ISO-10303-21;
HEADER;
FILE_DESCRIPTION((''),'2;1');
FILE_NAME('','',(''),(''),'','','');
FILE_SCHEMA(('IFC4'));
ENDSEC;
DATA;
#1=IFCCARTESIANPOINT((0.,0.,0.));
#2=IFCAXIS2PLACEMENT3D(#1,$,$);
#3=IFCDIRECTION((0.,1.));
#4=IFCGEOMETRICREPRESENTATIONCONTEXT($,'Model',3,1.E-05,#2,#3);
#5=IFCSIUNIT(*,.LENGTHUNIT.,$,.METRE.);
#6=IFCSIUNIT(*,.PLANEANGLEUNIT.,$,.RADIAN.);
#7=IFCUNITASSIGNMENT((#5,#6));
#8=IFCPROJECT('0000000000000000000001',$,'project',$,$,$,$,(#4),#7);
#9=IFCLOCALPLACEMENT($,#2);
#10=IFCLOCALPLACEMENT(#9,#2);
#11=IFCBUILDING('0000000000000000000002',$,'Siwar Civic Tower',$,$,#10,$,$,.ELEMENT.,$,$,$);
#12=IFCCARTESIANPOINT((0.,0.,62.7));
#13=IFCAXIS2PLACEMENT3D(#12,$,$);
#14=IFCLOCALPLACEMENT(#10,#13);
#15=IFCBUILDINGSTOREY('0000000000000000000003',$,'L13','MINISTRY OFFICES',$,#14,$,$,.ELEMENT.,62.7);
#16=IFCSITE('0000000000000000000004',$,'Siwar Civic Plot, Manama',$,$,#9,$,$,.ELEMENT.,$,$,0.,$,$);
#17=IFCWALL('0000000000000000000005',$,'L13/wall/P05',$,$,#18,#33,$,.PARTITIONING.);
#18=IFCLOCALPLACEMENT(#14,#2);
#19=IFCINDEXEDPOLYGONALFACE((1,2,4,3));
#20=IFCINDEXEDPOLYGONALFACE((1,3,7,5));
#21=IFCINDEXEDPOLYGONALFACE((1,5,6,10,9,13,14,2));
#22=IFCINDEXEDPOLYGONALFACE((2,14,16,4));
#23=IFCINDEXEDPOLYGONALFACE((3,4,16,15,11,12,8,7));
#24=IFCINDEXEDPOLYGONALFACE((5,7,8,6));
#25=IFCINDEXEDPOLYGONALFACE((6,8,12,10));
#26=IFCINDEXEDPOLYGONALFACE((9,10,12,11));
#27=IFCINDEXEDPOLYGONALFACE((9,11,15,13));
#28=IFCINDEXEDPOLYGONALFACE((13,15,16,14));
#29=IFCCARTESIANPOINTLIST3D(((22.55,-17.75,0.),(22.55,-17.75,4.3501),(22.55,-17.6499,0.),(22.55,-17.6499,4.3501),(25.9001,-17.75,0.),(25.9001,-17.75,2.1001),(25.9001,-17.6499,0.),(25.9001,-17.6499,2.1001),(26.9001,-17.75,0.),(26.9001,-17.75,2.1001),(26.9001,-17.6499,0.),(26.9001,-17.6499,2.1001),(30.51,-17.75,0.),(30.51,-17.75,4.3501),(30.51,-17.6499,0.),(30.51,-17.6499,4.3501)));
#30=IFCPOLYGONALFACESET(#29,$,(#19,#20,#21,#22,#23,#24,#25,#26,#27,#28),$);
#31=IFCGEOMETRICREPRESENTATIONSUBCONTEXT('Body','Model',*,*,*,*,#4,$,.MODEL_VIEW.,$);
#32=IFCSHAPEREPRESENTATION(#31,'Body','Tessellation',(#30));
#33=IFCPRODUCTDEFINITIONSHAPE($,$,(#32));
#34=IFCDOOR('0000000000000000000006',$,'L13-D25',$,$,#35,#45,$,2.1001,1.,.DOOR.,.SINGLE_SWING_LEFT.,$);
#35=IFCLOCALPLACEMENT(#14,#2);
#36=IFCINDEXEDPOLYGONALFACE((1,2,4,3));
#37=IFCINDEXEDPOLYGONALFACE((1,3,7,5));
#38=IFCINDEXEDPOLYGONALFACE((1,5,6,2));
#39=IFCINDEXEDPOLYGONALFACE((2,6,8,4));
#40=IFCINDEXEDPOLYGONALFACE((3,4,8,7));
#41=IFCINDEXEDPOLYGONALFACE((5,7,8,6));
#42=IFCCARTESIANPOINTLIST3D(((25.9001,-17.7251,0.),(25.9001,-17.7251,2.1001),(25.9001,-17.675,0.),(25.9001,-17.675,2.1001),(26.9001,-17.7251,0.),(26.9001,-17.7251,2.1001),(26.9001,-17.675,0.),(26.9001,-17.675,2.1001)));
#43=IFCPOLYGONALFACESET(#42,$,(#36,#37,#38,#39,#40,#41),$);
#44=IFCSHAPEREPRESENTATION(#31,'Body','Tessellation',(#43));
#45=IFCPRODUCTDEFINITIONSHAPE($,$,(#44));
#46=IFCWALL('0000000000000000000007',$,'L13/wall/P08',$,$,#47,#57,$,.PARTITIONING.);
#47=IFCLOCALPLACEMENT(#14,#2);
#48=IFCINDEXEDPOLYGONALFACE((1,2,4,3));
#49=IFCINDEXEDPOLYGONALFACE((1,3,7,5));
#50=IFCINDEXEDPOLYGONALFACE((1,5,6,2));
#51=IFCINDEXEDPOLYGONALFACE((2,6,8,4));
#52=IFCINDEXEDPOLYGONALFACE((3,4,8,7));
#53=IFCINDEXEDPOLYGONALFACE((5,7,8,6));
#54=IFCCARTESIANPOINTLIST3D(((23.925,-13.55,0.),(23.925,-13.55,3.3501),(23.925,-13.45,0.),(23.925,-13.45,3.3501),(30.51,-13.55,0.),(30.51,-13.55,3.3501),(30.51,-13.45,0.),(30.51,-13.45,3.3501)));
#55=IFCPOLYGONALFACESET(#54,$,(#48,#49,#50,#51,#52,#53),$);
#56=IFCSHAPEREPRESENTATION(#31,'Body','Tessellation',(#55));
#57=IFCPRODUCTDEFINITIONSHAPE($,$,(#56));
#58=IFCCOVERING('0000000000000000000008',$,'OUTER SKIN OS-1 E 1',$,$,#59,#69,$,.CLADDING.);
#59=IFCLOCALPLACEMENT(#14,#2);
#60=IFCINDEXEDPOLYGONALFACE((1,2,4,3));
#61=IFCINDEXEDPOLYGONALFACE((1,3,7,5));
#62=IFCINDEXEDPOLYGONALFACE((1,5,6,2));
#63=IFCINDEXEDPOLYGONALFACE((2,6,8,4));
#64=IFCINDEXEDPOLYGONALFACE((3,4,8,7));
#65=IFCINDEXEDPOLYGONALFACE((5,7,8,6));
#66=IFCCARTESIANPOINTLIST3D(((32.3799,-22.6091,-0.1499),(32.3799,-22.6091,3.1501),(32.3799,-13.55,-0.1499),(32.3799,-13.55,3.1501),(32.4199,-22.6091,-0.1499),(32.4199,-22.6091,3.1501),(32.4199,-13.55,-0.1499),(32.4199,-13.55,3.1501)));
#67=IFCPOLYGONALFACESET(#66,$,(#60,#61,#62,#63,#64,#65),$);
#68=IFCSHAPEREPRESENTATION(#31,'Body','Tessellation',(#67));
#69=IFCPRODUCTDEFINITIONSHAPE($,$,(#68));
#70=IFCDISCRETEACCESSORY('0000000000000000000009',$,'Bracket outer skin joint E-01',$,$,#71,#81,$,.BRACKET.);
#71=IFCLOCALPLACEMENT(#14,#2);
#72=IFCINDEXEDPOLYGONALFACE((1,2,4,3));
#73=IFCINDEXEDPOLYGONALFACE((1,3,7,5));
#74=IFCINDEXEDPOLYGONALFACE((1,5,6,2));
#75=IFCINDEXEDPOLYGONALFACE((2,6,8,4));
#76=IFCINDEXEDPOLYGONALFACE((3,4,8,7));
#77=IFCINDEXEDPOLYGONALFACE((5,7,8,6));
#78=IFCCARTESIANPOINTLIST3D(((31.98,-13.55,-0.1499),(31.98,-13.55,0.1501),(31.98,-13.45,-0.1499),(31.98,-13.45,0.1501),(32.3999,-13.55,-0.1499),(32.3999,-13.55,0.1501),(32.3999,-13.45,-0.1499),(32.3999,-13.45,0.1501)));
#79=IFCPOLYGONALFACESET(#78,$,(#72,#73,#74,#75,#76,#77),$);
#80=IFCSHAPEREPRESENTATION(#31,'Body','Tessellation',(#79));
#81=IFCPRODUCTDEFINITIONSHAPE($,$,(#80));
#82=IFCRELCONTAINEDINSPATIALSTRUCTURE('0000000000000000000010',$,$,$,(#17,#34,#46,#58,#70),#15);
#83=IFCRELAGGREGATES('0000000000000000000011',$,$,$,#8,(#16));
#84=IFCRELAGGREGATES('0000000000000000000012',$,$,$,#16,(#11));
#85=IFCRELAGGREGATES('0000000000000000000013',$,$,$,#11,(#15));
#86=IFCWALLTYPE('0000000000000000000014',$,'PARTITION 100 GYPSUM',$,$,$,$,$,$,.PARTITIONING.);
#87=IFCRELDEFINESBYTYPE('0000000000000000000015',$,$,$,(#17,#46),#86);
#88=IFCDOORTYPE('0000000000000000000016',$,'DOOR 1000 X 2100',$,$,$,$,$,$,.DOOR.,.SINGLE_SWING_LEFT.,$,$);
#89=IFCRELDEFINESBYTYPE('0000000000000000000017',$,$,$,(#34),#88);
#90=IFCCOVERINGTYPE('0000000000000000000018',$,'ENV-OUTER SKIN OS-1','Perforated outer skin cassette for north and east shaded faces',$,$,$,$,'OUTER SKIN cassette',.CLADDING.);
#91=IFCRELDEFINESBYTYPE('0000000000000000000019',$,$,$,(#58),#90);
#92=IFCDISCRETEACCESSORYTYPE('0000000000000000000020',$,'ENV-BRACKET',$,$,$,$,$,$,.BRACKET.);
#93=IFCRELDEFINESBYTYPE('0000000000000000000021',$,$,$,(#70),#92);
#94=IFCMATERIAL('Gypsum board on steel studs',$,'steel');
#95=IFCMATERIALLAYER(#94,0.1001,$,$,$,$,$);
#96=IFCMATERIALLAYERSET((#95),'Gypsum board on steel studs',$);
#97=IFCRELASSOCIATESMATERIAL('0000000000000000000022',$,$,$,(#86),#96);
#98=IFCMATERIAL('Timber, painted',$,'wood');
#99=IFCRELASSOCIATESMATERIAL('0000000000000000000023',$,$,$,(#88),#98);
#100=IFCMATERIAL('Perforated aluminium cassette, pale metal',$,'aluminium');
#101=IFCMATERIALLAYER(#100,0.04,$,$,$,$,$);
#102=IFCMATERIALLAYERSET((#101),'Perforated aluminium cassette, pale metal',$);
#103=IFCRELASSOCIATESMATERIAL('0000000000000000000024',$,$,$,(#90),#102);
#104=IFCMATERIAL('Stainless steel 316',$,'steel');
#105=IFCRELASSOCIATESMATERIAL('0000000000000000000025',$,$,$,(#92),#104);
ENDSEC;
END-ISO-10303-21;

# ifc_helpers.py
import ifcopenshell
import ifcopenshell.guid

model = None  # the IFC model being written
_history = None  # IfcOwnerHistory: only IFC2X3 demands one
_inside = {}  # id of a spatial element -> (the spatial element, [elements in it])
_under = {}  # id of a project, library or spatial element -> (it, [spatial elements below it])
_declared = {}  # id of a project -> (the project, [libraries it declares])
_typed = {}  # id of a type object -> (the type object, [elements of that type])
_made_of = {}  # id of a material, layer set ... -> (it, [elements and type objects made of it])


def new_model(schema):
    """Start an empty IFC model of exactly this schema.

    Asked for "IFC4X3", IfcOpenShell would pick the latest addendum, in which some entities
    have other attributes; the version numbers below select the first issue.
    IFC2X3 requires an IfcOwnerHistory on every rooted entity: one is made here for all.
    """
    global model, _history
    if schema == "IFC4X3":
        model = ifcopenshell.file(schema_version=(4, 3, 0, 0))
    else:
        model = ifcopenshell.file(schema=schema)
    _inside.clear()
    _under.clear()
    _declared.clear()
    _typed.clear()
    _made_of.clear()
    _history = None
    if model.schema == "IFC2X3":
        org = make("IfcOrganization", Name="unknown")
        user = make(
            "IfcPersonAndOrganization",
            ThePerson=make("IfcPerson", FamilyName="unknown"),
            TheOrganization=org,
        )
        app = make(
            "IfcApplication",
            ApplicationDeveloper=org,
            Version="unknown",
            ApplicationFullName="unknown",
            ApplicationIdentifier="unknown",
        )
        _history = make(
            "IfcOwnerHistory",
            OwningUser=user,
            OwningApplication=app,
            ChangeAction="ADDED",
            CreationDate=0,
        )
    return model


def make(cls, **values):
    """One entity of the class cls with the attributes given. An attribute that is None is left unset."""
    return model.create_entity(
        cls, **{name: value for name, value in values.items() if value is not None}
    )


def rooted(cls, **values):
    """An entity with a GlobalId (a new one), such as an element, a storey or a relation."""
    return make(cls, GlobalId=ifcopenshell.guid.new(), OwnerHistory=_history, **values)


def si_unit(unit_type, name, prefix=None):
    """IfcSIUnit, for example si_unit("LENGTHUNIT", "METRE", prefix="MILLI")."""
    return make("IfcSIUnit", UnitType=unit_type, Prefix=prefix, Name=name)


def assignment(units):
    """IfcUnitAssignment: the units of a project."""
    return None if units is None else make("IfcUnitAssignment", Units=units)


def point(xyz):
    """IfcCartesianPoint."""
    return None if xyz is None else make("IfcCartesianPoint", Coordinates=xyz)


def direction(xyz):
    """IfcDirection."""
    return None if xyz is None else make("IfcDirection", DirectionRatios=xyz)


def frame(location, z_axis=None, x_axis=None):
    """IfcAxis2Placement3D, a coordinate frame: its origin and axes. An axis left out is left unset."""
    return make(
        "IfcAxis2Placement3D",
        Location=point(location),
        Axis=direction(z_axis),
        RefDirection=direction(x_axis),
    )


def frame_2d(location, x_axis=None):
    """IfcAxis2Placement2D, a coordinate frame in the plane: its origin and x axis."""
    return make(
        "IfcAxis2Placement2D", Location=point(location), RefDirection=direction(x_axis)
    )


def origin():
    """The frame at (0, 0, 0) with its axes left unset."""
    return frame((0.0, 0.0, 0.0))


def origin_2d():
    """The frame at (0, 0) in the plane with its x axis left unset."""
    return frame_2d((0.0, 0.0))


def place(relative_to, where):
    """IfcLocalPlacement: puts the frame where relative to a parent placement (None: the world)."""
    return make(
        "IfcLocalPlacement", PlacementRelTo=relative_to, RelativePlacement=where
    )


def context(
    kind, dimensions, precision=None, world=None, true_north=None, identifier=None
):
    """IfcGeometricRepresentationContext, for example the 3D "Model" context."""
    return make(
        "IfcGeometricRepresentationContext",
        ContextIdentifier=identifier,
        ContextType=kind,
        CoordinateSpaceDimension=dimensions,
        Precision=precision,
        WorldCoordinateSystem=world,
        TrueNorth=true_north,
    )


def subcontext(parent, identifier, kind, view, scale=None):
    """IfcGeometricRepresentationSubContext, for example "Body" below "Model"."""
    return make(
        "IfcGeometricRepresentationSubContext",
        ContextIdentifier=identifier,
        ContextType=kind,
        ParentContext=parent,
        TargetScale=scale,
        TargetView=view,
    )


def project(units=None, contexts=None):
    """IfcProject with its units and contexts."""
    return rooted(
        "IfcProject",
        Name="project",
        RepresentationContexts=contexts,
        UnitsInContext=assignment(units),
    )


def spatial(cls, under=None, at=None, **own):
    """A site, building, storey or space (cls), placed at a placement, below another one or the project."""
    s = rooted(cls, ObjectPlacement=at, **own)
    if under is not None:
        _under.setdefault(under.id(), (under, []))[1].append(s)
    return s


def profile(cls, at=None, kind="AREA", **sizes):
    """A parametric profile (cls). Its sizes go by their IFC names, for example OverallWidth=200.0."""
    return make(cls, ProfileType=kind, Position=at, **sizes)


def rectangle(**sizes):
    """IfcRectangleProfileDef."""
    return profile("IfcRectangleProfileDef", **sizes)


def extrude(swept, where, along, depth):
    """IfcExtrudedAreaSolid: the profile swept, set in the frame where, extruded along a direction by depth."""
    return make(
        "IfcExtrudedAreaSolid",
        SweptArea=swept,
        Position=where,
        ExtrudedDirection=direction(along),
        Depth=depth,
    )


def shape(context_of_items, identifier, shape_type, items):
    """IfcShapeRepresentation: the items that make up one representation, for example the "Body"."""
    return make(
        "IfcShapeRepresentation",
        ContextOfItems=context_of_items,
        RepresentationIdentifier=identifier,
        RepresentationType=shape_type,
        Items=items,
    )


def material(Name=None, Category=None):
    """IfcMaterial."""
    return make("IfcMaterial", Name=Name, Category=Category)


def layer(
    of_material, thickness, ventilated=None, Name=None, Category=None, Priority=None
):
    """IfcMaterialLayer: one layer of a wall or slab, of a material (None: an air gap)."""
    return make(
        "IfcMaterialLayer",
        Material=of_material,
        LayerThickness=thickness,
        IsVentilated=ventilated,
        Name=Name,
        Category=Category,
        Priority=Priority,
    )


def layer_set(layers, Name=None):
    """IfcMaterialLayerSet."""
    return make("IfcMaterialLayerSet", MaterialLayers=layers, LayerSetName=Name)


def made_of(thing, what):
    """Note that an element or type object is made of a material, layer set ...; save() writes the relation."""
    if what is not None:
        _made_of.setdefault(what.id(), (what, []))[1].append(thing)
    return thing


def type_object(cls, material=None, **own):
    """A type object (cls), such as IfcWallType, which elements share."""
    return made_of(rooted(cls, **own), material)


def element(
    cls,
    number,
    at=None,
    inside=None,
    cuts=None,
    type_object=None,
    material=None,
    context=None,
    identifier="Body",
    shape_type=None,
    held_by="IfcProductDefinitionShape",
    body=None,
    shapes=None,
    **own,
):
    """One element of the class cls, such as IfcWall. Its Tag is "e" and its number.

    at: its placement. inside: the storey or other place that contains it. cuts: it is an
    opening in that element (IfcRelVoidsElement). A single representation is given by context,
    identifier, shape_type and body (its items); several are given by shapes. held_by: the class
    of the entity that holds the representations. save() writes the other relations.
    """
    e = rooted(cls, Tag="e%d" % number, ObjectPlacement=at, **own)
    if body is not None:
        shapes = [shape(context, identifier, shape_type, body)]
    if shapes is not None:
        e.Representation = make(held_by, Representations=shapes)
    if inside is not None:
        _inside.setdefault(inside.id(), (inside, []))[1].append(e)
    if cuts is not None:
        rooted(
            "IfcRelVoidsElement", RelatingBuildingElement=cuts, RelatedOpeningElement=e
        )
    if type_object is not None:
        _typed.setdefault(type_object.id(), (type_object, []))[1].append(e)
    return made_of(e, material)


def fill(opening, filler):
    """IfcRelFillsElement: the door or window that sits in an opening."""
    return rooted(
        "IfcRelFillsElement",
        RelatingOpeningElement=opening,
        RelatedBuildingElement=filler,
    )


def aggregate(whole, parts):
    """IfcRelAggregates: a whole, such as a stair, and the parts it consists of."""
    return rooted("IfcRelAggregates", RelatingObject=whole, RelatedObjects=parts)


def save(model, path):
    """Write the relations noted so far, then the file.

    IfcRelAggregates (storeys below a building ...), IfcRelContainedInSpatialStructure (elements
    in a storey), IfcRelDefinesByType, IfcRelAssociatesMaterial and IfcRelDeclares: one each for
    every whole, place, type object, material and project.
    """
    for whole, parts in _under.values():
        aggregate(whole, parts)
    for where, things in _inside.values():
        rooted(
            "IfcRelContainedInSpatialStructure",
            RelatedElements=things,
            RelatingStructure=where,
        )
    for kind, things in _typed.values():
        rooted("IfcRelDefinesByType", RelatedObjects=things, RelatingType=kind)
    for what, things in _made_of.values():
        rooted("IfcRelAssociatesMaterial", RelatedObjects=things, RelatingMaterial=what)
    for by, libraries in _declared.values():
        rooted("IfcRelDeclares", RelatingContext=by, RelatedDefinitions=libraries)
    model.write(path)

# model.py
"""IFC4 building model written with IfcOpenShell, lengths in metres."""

from ifc_helpers import new_model, si_unit, direction, frame, frame_2d, origin, origin_2d, place, context, subcontext, project, spatial, rectangle, extrude, material, layer, layer_set, type_object, element, fill, save


model = new_model("IFC4")

# Units and contexts
model_context = context("Model", 3, precision=1e-05, world=origin(), true_north=direction((0.0, 1.0)))
body_context = subcontext(model_context, "Body", "Model", "MODEL_VIEW")
ifc_project = project(units=[si_unit("LENGTHUNIT", "METRE"), si_unit("PLANEANGLEUNIT", "RADIAN")], contexts=[model_context])

# Site, building, storey
site_placement = place(None, origin())
site = spatial("IfcSite", under=ifc_project, at=site_placement, Name="Siwar Civic Plot, Manama", CompositionType="ELEMENT", RefElevation=0.0)
building_placement = place(site_placement, origin())
building = spatial("IfcBuilding", under=site, at=building_placement, Name="Siwar Civic Tower", CompositionType="ELEMENT")
storey_placement = place(building_placement, frame((0.0, 0.0, 62.7)))
storey = spatial("IfcBuildingStorey", under=building, at=storey_placement, Name="L13", Description="MINISTRY OFFICES", CompositionType="ELEMENT", Elevation=62.7)

# Wall, opening, door
ifc_material_1 = material(Name="Gypsum board on steel studs", Category="steel")
ifc_layer_1 = layer(ifc_material_1, 0.1001)
ifc_layer_set_1 = layer_set([ifc_layer_1], Name="Gypsum board on steel studs")
wall_type_1 = type_object("IfcWallType", Name="PARTITION 100 GYPSUM", PredefinedType="PARTITIONING", material=ifc_layer_set_1)
wall_1_placement = place(storey_placement, frame((22.55, -17.7, 0.0), z_axis=(0.0, 0.0, 1.0), x_axis=(1.0, 0.0, 0.0)))
wall_1 = element("IfcWall", 1, at=wall_1_placement, inside=storey, type_object=wall_type_1, Name="L13/wall/P05", PredefinedType="PARTITIONING", context=body_context, shape_type="SweptSolid", body=[
    extrude(rectangle(XDim=7.96, YDim=0.1001, at=frame_2d((3.98, 0.0))), origin(), (0.0, 0.0, 1.0), 4.3501),
])
opening_1_placement = place(wall_1_placement, frame((3.3501, 0.0, 0.0)))
opening_1 = element("IfcOpeningElement", 2, at=opening_1_placement, cuts=wall_1, PredefinedType="OPENING", context=body_context, shape_type="SweptSolid", body=[
    extrude(rectangle(XDim=1.0, YDim=2.1001, at=frame_2d((0.5, 1.05))), frame((0.0, 0.0601, 0.0), z_axis=(0.0, -1.0, 0.0), x_axis=(1.0, 0.0, 0.0)), (0.0, 0.0, 1.0), 0.1201),
])
ifc_material_2 = material(Name="Timber, painted", Category="wood")
door_type_1 = type_object("IfcDoorType", Name="DOOR 1000 X 2100", OperationType="SINGLE_SWING_LEFT", PredefinedType="DOOR", material=ifc_material_2)
door_1_placement = place(opening_1_placement, origin())
door_1 = element("IfcDoor", 3, at=door_1_placement, inside=storey, type_object=door_type_1, Name="L13-D25", OperationType="SINGLE_SWING_LEFT", OverallHeight=2.1001, OverallWidth=1.0, PredefinedType="DOOR", context=body_context, shape_type="SweptSolid", body=[
    extrude(rectangle(XDim=1.0, YDim=2.1001, at=frame_2d((0.5, 1.05))), frame((0.0, 0.0249, 0.0), z_axis=(0.0, -1.0, 0.0), x_axis=(1.0, 0.0, 0.0)), (0.0, 0.0, 1.0), 0.05),
])
fill(opening_1, door_1)

# Wall
wall_2_placement = place(storey_placement, frame((23.925, -13.5, 0.0), z_axis=(0.0, 0.0, 1.0), x_axis=(1.0, 0.0, 0.0)))
element("IfcWall", 4, at=wall_2_placement, inside=storey, type_object=wall_type_1, Name="L13/wall/P08", PredefinedType="PARTITIONING", context=body_context, shape_type="SweptSolid", body=[
    extrude(rectangle(XDim=6.585, YDim=0.1001, at=frame_2d((3.2925, 0.0))), origin(), (0.0, 0.0, 1.0), 3.3501),
])

# Covering
ifc_material_3 = material(Name="Perforated aluminium cassette, pale metal", Category="aluminium")
ifc_layer_2 = layer(ifc_material_3, 0.04)
ifc_layer_set_2 = layer_set([ifc_layer_2], Name="Perforated aluminium cassette, pale metal")
covering_type = type_object("IfcCoveringType", Name="ENV-OUTER SKIN OS-1", Description="Perforated outer skin cassette for north and east shaded faces", ElementType="OUTER SKIN cassette", PredefinedType="CLADDING", material=ifc_layer_set_2)
covering_placement = place(storey_placement, frame((32.3999, -18.0796, -0.1499), z_axis=(0.0, 0.0, 1.0), x_axis=(0.0, 1.0, 0.0)))
element("IfcCovering", 5, at=covering_placement, inside=storey, type_object=covering_type, Name="OUTER SKIN OS-1 E 1", PredefinedType="CLADDING", context=body_context, shape_type="SweptSolid", body=[
    extrude(rectangle(XDim=9.0591, YDim=0.04, at=origin_2d()), origin(), (0.0, 0.0, 1.0), 3.3),
])

# Discrete accessory
ifc_material_4 = material(Name="Stainless steel 316", Category="steel")
discrete_accessory_type = type_object("IfcDiscreteAccessoryType", Name="ENV-BRACKET", PredefinedType="BRACKET", material=ifc_material_4)
discrete_accessory_placement = place(storey_placement, frame((32.1899, -13.5, -0.1499), z_axis=(0.0, 0.0, 1.0), x_axis=(1.0, 0.0, 0.0)))
element("IfcDiscreteAccessory", 6, at=discrete_accessory_placement, inside=storey, type_object=discrete_accessory_type, Name="Bracket outer skin joint E-01", PredefinedType="BRACKET", context=body_context, shape_type="SweptSolid", body=[
    extrude(rectangle(XDim=0.4199, YDim=0.1001, at=origin_2d()), origin(), (0.0, 0.0, 1.0), 0.3),
])

save(model, "model.ifc")
